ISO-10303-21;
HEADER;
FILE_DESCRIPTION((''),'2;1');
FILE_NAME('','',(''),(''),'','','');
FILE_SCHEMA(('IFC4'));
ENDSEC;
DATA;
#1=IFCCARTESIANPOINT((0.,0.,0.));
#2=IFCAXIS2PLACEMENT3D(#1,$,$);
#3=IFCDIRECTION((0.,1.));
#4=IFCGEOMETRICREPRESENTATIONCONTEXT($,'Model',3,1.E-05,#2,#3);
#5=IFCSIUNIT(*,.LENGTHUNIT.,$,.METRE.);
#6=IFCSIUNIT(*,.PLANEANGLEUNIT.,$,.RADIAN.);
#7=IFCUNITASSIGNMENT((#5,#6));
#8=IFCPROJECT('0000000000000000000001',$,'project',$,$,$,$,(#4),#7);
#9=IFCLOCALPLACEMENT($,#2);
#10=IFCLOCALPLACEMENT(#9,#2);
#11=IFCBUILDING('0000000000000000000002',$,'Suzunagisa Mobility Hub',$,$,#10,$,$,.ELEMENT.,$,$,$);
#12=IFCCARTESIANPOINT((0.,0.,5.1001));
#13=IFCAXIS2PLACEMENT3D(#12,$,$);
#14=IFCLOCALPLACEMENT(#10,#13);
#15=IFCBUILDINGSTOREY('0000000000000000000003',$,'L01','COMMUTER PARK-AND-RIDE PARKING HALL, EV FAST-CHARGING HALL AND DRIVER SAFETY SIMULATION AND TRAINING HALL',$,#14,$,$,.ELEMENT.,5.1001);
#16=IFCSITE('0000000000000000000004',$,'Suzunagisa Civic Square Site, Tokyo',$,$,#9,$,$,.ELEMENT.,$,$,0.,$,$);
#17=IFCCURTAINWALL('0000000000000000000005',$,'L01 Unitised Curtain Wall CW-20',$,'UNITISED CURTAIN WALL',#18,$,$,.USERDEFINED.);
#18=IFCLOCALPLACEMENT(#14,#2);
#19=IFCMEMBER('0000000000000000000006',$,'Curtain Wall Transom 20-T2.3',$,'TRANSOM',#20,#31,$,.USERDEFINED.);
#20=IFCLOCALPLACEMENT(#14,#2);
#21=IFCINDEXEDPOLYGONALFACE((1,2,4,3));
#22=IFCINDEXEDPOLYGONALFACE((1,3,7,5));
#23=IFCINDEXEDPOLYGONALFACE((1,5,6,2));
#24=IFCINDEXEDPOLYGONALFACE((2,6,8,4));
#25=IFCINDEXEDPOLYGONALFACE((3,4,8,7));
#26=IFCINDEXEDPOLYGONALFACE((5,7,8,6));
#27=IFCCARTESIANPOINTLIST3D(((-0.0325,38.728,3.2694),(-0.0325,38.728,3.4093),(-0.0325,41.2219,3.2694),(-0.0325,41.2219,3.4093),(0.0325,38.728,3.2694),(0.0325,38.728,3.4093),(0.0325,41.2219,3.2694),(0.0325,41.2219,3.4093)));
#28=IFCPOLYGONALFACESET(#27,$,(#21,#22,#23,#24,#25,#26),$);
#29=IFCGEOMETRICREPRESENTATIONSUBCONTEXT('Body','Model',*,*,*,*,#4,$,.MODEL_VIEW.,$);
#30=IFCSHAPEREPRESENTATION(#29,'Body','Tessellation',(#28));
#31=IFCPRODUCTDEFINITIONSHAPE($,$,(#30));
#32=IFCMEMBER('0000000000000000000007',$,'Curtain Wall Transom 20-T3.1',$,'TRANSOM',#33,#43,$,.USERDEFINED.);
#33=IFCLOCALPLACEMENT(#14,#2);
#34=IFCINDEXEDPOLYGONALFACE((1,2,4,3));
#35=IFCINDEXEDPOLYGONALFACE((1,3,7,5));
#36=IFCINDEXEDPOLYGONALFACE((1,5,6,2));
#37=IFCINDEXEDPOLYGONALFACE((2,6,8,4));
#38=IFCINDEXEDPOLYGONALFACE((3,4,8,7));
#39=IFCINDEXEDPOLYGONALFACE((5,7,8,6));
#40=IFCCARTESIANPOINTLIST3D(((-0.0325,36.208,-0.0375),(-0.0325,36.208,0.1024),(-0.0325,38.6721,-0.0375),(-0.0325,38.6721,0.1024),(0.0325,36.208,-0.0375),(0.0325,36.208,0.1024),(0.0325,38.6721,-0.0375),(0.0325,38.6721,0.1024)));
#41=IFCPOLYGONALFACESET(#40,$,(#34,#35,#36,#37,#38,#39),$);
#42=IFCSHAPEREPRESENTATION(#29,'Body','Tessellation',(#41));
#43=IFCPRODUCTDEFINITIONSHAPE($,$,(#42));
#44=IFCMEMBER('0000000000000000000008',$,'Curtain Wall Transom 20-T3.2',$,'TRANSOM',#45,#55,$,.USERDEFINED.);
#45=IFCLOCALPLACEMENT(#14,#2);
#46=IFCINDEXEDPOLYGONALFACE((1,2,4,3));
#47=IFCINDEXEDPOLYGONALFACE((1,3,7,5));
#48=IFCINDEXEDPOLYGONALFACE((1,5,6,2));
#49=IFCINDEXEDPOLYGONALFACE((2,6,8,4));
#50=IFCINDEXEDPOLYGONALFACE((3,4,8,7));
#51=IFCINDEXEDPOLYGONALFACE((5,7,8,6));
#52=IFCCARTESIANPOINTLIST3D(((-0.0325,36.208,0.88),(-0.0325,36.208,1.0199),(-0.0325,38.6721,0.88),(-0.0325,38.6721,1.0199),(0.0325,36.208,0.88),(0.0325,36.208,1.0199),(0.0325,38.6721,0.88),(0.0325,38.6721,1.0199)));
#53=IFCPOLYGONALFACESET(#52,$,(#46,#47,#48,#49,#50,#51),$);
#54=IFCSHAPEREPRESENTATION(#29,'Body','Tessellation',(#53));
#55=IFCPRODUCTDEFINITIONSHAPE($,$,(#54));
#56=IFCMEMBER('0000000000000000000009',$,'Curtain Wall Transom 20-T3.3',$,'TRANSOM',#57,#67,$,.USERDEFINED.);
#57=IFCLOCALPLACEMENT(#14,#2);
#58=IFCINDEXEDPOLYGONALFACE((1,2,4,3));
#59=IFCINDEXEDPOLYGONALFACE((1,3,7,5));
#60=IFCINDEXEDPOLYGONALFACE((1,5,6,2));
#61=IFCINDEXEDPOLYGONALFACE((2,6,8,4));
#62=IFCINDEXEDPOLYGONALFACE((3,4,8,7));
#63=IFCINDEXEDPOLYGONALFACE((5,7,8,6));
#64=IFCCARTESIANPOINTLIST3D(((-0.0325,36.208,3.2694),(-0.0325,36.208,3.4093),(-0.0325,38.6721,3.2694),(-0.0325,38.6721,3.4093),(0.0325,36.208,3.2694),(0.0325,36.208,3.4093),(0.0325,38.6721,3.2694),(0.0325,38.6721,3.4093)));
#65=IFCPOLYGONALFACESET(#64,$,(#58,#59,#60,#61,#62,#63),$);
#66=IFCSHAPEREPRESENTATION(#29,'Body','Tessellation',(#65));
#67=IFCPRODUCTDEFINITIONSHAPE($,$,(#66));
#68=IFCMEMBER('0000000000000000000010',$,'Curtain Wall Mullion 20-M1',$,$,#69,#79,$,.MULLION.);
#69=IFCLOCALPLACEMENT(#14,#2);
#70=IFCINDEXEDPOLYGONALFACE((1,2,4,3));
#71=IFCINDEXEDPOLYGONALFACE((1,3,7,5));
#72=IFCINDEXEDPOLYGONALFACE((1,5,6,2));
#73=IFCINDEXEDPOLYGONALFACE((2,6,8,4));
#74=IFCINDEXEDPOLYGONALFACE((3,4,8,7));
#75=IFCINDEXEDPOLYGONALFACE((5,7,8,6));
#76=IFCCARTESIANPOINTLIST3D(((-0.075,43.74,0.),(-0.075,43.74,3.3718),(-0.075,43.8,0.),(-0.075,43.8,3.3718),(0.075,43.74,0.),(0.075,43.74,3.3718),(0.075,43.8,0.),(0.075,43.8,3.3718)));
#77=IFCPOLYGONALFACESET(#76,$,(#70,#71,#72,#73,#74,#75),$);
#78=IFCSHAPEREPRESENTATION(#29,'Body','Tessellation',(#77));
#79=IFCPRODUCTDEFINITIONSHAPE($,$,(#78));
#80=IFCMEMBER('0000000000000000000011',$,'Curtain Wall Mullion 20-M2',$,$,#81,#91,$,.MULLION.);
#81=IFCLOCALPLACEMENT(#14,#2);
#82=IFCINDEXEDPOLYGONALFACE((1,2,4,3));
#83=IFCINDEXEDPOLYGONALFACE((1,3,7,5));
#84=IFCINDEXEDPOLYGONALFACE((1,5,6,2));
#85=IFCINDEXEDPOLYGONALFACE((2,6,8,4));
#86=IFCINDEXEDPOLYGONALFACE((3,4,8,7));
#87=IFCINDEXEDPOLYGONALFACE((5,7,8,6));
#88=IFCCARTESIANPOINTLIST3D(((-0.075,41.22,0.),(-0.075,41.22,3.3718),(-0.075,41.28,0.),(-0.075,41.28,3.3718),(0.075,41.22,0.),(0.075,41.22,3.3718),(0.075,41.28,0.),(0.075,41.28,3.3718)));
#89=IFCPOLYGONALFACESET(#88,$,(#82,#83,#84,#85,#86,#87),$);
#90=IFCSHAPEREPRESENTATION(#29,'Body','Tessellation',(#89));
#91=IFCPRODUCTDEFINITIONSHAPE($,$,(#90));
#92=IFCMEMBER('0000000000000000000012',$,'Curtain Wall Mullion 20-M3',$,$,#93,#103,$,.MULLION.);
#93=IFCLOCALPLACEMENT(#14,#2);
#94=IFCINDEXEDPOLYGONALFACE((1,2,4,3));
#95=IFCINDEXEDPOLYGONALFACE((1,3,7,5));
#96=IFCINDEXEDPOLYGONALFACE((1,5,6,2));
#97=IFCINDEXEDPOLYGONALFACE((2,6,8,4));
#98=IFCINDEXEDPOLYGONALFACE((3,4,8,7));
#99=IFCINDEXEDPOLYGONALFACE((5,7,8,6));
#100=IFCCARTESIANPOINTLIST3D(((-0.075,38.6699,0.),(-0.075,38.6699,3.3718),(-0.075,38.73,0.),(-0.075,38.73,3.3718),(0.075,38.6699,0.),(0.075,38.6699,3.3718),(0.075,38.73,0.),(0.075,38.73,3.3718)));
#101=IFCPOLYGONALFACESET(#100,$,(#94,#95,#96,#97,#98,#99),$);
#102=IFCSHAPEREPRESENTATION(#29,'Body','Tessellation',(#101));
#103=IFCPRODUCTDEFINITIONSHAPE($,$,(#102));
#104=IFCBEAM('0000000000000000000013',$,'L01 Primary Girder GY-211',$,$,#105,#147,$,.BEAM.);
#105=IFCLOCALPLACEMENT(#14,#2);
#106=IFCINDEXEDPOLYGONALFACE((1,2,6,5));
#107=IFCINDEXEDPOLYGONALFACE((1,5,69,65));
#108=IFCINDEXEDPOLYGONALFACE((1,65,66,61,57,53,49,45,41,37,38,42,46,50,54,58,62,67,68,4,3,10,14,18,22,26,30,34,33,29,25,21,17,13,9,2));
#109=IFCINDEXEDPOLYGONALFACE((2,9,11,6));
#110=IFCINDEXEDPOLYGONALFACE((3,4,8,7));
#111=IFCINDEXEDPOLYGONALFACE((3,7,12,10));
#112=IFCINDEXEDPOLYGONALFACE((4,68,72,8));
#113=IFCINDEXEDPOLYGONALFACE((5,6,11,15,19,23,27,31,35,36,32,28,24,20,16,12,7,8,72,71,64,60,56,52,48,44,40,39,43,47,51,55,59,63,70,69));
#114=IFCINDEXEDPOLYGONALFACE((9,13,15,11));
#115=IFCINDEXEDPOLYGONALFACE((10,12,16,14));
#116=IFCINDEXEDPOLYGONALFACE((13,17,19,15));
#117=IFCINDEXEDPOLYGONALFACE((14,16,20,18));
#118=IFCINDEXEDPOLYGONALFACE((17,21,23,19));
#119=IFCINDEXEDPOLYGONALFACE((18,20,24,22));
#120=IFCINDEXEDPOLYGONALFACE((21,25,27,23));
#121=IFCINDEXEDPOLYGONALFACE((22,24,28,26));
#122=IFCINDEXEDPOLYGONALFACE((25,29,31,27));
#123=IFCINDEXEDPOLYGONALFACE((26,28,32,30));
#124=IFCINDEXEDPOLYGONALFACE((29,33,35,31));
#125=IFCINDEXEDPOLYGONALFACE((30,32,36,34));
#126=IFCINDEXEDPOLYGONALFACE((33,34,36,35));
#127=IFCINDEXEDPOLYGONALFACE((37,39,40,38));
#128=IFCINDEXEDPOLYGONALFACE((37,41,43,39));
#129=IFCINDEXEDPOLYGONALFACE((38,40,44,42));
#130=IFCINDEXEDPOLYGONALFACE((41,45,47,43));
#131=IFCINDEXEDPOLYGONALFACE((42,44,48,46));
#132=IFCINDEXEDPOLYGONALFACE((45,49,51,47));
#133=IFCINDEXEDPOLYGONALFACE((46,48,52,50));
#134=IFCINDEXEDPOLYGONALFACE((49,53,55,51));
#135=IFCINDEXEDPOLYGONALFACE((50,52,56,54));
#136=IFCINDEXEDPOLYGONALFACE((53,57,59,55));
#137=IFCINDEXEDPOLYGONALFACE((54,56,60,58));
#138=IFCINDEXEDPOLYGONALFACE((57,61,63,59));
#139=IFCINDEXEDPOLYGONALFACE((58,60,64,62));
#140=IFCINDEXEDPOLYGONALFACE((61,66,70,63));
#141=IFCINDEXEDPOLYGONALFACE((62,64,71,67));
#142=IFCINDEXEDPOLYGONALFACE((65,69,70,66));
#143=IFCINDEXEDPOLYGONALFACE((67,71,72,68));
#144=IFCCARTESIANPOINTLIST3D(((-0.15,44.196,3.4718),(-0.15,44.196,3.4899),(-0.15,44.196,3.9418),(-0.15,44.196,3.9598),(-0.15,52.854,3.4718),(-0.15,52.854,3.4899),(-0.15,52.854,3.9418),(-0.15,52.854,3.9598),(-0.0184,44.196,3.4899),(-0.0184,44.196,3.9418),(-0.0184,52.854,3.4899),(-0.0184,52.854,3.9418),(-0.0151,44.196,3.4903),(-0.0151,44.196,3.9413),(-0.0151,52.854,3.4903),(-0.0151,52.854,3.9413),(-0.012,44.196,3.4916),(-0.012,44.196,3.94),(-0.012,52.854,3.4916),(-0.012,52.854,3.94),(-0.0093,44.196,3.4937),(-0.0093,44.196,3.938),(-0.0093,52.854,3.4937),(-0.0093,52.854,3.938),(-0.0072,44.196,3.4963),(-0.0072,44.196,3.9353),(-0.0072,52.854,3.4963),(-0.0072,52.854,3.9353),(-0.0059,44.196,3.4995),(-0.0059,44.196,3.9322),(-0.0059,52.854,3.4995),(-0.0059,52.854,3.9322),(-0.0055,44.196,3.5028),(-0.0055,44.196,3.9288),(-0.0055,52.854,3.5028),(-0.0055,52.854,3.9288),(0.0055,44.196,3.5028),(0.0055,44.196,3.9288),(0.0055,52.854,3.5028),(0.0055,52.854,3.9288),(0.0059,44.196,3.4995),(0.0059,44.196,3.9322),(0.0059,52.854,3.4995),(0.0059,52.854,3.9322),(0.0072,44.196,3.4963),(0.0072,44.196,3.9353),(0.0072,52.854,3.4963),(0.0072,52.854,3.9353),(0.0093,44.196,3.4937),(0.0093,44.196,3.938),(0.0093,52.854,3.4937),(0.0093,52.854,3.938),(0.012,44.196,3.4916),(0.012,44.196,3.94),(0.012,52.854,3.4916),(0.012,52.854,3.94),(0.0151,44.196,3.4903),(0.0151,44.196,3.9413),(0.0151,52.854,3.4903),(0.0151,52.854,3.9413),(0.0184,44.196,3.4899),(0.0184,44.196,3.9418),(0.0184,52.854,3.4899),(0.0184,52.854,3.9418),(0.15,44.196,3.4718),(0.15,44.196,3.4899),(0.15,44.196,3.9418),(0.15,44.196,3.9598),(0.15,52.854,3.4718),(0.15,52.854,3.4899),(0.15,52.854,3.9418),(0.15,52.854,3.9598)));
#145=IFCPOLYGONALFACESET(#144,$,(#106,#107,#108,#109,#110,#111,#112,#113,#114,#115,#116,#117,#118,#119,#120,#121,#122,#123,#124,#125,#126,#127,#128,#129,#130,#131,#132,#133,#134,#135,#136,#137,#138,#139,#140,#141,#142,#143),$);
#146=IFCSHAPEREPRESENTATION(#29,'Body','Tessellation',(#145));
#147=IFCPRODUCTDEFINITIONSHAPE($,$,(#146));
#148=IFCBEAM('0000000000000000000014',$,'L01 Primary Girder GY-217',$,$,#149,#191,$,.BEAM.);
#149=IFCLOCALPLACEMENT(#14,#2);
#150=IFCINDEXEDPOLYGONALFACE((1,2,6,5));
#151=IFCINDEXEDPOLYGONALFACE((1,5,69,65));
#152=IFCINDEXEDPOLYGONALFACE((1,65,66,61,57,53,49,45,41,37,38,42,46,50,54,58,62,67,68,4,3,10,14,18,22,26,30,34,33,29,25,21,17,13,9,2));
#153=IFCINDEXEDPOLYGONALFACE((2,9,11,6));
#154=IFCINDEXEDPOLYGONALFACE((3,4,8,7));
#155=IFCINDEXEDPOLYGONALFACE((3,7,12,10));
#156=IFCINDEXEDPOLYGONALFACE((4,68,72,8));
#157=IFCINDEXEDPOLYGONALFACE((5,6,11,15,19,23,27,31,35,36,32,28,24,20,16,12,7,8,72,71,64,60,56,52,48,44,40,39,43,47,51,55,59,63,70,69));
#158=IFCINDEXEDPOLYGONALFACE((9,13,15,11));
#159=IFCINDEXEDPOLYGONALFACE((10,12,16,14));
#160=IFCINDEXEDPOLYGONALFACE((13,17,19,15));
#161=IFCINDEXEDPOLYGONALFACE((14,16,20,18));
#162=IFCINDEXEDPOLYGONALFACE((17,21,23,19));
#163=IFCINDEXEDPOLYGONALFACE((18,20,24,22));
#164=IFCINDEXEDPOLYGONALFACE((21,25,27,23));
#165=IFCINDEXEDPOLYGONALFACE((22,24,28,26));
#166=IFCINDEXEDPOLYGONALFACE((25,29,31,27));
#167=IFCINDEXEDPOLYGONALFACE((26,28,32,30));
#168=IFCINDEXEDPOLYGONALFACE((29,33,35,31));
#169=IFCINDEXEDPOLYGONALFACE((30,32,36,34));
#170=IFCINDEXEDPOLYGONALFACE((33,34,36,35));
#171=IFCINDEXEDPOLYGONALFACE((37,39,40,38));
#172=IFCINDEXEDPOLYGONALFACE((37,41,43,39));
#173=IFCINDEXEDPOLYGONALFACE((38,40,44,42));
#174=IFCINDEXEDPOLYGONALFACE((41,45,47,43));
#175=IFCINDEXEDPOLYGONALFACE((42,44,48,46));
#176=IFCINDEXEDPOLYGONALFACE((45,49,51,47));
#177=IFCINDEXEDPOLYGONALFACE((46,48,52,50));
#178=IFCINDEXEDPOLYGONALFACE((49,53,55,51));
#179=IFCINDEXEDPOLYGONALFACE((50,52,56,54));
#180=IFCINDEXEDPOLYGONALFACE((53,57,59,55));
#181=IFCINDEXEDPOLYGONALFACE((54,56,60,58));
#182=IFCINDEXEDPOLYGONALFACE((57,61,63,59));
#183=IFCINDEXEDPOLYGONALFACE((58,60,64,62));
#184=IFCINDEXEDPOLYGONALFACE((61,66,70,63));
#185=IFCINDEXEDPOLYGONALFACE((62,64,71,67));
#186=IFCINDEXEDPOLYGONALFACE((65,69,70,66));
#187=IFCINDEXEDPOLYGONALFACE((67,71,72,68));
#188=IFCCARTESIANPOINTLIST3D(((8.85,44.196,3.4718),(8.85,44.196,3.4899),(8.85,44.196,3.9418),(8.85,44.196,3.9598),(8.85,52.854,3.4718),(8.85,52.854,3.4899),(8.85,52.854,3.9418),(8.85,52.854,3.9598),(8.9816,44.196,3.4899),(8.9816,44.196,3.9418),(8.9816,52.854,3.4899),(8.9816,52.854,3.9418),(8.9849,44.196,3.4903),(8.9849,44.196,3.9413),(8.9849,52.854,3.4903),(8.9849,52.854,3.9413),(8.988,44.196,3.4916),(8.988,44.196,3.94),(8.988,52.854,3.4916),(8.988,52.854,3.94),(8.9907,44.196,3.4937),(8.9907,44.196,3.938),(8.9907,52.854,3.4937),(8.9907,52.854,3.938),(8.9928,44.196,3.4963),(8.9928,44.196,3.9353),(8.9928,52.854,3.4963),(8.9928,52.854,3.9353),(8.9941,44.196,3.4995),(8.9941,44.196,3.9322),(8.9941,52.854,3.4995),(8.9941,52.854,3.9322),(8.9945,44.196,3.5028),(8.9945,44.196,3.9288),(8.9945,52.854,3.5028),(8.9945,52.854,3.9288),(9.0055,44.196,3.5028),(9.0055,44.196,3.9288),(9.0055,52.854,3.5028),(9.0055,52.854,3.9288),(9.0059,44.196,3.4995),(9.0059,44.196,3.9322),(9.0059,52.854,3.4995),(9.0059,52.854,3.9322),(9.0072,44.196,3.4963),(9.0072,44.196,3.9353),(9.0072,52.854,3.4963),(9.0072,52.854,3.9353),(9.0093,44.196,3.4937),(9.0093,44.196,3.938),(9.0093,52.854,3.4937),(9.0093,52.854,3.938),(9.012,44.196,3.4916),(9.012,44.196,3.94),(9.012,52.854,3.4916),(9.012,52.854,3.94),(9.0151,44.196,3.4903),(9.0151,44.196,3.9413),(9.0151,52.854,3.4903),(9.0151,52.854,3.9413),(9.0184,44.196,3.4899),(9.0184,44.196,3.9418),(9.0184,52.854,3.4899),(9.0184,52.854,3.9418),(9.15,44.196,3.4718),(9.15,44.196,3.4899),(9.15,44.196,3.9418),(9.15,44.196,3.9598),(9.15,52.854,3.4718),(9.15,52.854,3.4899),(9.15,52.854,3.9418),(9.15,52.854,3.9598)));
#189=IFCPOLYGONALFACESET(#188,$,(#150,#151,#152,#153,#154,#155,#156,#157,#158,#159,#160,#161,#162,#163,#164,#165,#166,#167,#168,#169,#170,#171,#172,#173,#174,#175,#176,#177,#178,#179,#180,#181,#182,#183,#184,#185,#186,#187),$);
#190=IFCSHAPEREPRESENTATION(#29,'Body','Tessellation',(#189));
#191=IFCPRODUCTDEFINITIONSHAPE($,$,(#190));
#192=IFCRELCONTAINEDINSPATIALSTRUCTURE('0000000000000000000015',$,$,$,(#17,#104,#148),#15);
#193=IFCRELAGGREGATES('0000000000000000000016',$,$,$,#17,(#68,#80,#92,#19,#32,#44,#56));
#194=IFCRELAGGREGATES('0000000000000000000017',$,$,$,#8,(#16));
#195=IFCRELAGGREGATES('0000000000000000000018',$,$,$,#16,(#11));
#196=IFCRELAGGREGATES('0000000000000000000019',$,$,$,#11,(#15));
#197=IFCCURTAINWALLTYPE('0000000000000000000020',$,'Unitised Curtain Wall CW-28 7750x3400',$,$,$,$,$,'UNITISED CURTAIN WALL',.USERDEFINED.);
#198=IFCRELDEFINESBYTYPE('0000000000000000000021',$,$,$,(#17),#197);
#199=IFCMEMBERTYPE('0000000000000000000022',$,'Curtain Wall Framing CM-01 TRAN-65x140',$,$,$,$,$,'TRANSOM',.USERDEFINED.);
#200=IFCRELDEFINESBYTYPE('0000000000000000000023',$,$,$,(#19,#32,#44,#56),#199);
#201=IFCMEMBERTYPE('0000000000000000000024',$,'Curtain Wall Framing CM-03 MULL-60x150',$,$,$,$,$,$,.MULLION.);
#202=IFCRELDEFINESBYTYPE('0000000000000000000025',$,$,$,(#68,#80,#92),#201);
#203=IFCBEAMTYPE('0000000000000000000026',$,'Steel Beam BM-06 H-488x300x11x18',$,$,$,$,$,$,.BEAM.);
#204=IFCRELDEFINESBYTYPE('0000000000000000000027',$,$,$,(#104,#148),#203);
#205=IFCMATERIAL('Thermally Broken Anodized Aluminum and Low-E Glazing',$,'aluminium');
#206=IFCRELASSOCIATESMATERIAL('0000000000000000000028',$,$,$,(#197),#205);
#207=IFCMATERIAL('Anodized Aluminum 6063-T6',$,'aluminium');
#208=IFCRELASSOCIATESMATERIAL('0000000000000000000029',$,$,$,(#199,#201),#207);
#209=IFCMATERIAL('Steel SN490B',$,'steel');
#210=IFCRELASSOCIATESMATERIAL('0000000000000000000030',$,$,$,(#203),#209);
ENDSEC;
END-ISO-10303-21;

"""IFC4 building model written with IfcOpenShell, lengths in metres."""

from ifc_helpers import new_model, si_unit, direction, frame, origin, origin_2d, place, context, subcontext, project, spatial, rectangle, i_section, extrude, material, material_profile, profile_set, type_object, element, aggregate, save


model = new_model("IFC4")

# Units and contexts
model_context = context("Model", 3, precision=1e-05, world=origin(), true_north=direction((0.0, 1.0)))
body_context = subcontext(model_context, "Body", "Model", "MODEL_VIEW")
ifc_project = project(units=[si_unit("LENGTHUNIT", "METRE"), si_unit("PLANEANGLEUNIT", "RADIAN")], contexts=[model_context])

# Site, building, storey
site_placement = place(None, origin())
site = spatial("IfcSite", under=ifc_project, at=site_placement, Name="Suzunagisa Civic Square Site, Tokyo", CompositionType="ELEMENT", RefElevation=0.0)
building_placement = place(site_placement, origin())
building = spatial("IfcBuilding", under=site, at=building_placement, Name="Suzunagisa Mobility Hub", CompositionType="ELEMENT")
storey_placement = place(building_placement, frame((0.0, 0.0, 5.1001)))
storey = spatial("IfcBuildingStorey", under=building, at=storey_placement, Name="L01", Description="COMMUTER PARK-AND-RIDE PARKING HALL, EV FAST-CHARGING HALL AND DRIVER SAFETY SIMULATION AND TRAINING HALL", CompositionType="ELEMENT", Elevation=5.1001)

# Shared definitions
ifc_material_1 = material(Name="Steel SN490B", Category="steel")

# Curtain wall, members
ifc_material_2 = material(Name="Thermally Broken Anodized Aluminum and Low-E Glazing", Category="aluminium")
curtain_wall_type = type_object("IfcCurtainWallType", Name="Unitised Curtain Wall CW-28 7750x3400", ElementType="UNITISED CURTAIN WALL", PredefinedType="USERDEFINED", material=ifc_material_2)
curtain_wall_placement = place(storey_placement, origin())
curtain_wall = element("IfcCurtainWall", 1, at=curtain_wall_placement, inside=storey, type_object=curtain_wall_type, Name="L01 Unitised Curtain Wall CW-20", ObjectType="UNITISED CURTAIN WALL", PredefinedType="USERDEFINED")
ifc_material_3 = material(Name="Anodized Aluminum 6063-T6", Category="aluminium")
ifc_material_profile_1 = material_profile(ifc_material_3, rectangle(XDim=0.0649, YDim=0.1399, at=origin_2d()), Name="TRAN-65x140")
ifc_profile_set_1 = profile_set([ifc_material_profile_1], Name="Anodized Aluminum 6063-T6")
member_type_1 = type_object("IfcMemberType", Name="Curtain Wall Framing CM-01 TRAN-65x140", ElementType="TRANSOM", PredefinedType="USERDEFINED", material=ifc_profile_set_1)
member_1_placement = place(storey_placement, frame((0.0, 41.2219, 3.3394), z_axis=(0.0, -1.0, 0.0), x_axis=(1.0, 0.0, 0.0)))
member_1 = element("IfcMember", 2, at=member_1_placement, type_object=member_type_1, Name="Curtain Wall Transom 20-T2.3", ObjectType="TRANSOM", PredefinedType="USERDEFINED", context=body_context, shape_type="SweptSolid", body=[
    extrude(rectangle(XDim=0.0649, YDim=0.1399, at=origin_2d()), origin(), (0.0, 0.0, 1.0), 2.4939),
])
member_2_placement = place(storey_placement, frame((0.0, 38.6721, 0.0325), z_axis=(0.0, -1.0, 0.0), x_axis=(1.0, 0.0, 0.0)))
member_2 = element("IfcMember", 3, at=member_2_placement, type_object=member_type_1, Name="Curtain Wall Transom 20-T3.1", ObjectType="TRANSOM", PredefinedType="USERDEFINED", context=body_context, shape_type="SweptSolid", body=[
    extrude(rectangle(XDim=0.0649, YDim=0.1399, at=origin_2d()), origin(), (0.0, 0.0, 1.0), 2.4641),
])
member_3_placement = place(storey_placement, frame((0.0, 38.6721, 0.95), z_axis=(0.0, -1.0, 0.0), x_axis=(1.0, 0.0, 0.0)))
member_3 = element("IfcMember", 4, at=member_3_placement, type_object=member_type_1, Name="Curtain Wall Transom 20-T3.2", ObjectType="TRANSOM", PredefinedType="USERDEFINED", context=body_context, shape_type="SweptSolid", body=[
    extrude(rectangle(XDim=0.0649, YDim=0.1399, at=origin_2d()), origin(), (0.0, 0.0, 1.0), 2.4641),
])
member_4_placement = place(storey_placement, frame((0.0, 38.6721, 3.3394), z_axis=(0.0, -1.0, 0.0), x_axis=(1.0, 0.0, 0.0)))
member_4 = element("IfcMember", 5, at=member_4_placement, type_object=member_type_1, Name="Curtain Wall Transom 20-T3.3", ObjectType="TRANSOM", PredefinedType="USERDEFINED", context=body_context, shape_type="SweptSolid", body=[
    extrude(rectangle(XDim=0.0649, YDim=0.1399, at=origin_2d()), origin(), (0.0, 0.0, 1.0), 2.4641),
])
ifc_material_profile_2 = material_profile(ifc_material_3, rectangle(XDim=0.0601, YDim=0.1499, at=origin_2d()), Name="MULL-60x150")
ifc_profile_set_2 = profile_set([ifc_material_profile_2], Name="Anodized Aluminum 6063-T6")
member_type_2 = type_object("IfcMemberType", Name="Curtain Wall Framing CM-03 MULL-60x150", PredefinedType="MULLION", material=ifc_profile_set_2)
member_5_placement = place(storey_placement, frame((0.0, 43.77, 0.0), z_axis=(0.0, 0.0, 1.0), x_axis=(0.0, -1.0, 0.0)))
member_5 = element("IfcMember", 6, at=member_5_placement, type_object=member_type_2, Name="Curtain Wall Mullion 20-M1", PredefinedType="MULLION", context=body_context, shape_type="SweptSolid", body=[
    extrude(rectangle(XDim=0.0601, YDim=0.1499, at=origin_2d()), origin(), (0.0, 0.0, 1.0), 3.3718),
])
member_6_placement = place(storey_placement, frame((0.0, 41.25, 0.0), z_axis=(0.0, 0.0, 1.0), x_axis=(0.0, -1.0, 0.0)))
member_6 = element("IfcMember", 7, at=member_6_placement, type_object=member_type_2, Name="Curtain Wall Mullion 20-M2", PredefinedType="MULLION", context=body_context, shape_type="SweptSolid", body=[
    extrude(rectangle(XDim=0.0601, YDim=0.1499, at=origin_2d()), origin(), (0.0, 0.0, 1.0), 3.3718),
])
member_7_placement = place(storey_placement, frame((0.0, 38.7, 0.0), z_axis=(0.0, 0.0, 1.0), x_axis=(0.0, -1.0, 0.0)))
member_7 = element("IfcMember", 8, at=member_7_placement, type_object=member_type_2, Name="Curtain Wall Mullion 20-M3", PredefinedType="MULLION", context=body_context, shape_type="SweptSolid", body=[
    extrude(rectangle(XDim=0.0601, YDim=0.1499, at=origin_2d()), origin(), (0.0, 0.0, 1.0), 3.3718),
])

# Beams
ifc_material_profile_3 = material_profile(ifc_material_1, i_section(OverallWidth=0.3, OverallDepth=0.488, WebThickness=0.011, FlangeThickness=0.0181, FilletRadius=0.0129, at=origin_2d()), Name="H-488x300x11x18")
ifc_profile_set_3 = profile_set([ifc_material_profile_3], Name="Steel SN490B")
beam_type_1 = type_object("IfcBeamType", Name="Steel Beam BM-06 H-488x300x11x18", PredefinedType="BEAM", material=ifc_profile_set_3)
for number, where, z_axis, x_axis, name in (
    (9, (0.0, 44.196, 3.7158), (0.0, 1.0, 0.0), (-1.0, 0.0, 0.0), "L01 Primary Girder GY-211"),
    (10, (9.0, 44.196, 3.7158), (0.0, 1.0, 0.0), (-1.0, 0.0, 0.0), "L01 Primary Girder GY-217"),
):
    element("IfcBeam", number, at=place(storey_placement, frame(where, z_axis=z_axis, x_axis=x_axis)), inside=storey, type_object=beam_type_1, Name=name, PredefinedType="BEAM", context=body_context, shape_type="SweptSolid", body=[
        extrude(i_section(OverallWidth=0.3, OverallDepth=0.488, WebThickness=0.011, FlangeThickness=0.0181, FilletRadius=0.0129, at=origin_2d()), origin(), (0.0, 0.0, 1.0), 8.658),
    ])

aggregate(curtain_wall, [member_5, member_6, member_7, member_1, member_2, member_3, member_4])

save(model, "model.ifc")
